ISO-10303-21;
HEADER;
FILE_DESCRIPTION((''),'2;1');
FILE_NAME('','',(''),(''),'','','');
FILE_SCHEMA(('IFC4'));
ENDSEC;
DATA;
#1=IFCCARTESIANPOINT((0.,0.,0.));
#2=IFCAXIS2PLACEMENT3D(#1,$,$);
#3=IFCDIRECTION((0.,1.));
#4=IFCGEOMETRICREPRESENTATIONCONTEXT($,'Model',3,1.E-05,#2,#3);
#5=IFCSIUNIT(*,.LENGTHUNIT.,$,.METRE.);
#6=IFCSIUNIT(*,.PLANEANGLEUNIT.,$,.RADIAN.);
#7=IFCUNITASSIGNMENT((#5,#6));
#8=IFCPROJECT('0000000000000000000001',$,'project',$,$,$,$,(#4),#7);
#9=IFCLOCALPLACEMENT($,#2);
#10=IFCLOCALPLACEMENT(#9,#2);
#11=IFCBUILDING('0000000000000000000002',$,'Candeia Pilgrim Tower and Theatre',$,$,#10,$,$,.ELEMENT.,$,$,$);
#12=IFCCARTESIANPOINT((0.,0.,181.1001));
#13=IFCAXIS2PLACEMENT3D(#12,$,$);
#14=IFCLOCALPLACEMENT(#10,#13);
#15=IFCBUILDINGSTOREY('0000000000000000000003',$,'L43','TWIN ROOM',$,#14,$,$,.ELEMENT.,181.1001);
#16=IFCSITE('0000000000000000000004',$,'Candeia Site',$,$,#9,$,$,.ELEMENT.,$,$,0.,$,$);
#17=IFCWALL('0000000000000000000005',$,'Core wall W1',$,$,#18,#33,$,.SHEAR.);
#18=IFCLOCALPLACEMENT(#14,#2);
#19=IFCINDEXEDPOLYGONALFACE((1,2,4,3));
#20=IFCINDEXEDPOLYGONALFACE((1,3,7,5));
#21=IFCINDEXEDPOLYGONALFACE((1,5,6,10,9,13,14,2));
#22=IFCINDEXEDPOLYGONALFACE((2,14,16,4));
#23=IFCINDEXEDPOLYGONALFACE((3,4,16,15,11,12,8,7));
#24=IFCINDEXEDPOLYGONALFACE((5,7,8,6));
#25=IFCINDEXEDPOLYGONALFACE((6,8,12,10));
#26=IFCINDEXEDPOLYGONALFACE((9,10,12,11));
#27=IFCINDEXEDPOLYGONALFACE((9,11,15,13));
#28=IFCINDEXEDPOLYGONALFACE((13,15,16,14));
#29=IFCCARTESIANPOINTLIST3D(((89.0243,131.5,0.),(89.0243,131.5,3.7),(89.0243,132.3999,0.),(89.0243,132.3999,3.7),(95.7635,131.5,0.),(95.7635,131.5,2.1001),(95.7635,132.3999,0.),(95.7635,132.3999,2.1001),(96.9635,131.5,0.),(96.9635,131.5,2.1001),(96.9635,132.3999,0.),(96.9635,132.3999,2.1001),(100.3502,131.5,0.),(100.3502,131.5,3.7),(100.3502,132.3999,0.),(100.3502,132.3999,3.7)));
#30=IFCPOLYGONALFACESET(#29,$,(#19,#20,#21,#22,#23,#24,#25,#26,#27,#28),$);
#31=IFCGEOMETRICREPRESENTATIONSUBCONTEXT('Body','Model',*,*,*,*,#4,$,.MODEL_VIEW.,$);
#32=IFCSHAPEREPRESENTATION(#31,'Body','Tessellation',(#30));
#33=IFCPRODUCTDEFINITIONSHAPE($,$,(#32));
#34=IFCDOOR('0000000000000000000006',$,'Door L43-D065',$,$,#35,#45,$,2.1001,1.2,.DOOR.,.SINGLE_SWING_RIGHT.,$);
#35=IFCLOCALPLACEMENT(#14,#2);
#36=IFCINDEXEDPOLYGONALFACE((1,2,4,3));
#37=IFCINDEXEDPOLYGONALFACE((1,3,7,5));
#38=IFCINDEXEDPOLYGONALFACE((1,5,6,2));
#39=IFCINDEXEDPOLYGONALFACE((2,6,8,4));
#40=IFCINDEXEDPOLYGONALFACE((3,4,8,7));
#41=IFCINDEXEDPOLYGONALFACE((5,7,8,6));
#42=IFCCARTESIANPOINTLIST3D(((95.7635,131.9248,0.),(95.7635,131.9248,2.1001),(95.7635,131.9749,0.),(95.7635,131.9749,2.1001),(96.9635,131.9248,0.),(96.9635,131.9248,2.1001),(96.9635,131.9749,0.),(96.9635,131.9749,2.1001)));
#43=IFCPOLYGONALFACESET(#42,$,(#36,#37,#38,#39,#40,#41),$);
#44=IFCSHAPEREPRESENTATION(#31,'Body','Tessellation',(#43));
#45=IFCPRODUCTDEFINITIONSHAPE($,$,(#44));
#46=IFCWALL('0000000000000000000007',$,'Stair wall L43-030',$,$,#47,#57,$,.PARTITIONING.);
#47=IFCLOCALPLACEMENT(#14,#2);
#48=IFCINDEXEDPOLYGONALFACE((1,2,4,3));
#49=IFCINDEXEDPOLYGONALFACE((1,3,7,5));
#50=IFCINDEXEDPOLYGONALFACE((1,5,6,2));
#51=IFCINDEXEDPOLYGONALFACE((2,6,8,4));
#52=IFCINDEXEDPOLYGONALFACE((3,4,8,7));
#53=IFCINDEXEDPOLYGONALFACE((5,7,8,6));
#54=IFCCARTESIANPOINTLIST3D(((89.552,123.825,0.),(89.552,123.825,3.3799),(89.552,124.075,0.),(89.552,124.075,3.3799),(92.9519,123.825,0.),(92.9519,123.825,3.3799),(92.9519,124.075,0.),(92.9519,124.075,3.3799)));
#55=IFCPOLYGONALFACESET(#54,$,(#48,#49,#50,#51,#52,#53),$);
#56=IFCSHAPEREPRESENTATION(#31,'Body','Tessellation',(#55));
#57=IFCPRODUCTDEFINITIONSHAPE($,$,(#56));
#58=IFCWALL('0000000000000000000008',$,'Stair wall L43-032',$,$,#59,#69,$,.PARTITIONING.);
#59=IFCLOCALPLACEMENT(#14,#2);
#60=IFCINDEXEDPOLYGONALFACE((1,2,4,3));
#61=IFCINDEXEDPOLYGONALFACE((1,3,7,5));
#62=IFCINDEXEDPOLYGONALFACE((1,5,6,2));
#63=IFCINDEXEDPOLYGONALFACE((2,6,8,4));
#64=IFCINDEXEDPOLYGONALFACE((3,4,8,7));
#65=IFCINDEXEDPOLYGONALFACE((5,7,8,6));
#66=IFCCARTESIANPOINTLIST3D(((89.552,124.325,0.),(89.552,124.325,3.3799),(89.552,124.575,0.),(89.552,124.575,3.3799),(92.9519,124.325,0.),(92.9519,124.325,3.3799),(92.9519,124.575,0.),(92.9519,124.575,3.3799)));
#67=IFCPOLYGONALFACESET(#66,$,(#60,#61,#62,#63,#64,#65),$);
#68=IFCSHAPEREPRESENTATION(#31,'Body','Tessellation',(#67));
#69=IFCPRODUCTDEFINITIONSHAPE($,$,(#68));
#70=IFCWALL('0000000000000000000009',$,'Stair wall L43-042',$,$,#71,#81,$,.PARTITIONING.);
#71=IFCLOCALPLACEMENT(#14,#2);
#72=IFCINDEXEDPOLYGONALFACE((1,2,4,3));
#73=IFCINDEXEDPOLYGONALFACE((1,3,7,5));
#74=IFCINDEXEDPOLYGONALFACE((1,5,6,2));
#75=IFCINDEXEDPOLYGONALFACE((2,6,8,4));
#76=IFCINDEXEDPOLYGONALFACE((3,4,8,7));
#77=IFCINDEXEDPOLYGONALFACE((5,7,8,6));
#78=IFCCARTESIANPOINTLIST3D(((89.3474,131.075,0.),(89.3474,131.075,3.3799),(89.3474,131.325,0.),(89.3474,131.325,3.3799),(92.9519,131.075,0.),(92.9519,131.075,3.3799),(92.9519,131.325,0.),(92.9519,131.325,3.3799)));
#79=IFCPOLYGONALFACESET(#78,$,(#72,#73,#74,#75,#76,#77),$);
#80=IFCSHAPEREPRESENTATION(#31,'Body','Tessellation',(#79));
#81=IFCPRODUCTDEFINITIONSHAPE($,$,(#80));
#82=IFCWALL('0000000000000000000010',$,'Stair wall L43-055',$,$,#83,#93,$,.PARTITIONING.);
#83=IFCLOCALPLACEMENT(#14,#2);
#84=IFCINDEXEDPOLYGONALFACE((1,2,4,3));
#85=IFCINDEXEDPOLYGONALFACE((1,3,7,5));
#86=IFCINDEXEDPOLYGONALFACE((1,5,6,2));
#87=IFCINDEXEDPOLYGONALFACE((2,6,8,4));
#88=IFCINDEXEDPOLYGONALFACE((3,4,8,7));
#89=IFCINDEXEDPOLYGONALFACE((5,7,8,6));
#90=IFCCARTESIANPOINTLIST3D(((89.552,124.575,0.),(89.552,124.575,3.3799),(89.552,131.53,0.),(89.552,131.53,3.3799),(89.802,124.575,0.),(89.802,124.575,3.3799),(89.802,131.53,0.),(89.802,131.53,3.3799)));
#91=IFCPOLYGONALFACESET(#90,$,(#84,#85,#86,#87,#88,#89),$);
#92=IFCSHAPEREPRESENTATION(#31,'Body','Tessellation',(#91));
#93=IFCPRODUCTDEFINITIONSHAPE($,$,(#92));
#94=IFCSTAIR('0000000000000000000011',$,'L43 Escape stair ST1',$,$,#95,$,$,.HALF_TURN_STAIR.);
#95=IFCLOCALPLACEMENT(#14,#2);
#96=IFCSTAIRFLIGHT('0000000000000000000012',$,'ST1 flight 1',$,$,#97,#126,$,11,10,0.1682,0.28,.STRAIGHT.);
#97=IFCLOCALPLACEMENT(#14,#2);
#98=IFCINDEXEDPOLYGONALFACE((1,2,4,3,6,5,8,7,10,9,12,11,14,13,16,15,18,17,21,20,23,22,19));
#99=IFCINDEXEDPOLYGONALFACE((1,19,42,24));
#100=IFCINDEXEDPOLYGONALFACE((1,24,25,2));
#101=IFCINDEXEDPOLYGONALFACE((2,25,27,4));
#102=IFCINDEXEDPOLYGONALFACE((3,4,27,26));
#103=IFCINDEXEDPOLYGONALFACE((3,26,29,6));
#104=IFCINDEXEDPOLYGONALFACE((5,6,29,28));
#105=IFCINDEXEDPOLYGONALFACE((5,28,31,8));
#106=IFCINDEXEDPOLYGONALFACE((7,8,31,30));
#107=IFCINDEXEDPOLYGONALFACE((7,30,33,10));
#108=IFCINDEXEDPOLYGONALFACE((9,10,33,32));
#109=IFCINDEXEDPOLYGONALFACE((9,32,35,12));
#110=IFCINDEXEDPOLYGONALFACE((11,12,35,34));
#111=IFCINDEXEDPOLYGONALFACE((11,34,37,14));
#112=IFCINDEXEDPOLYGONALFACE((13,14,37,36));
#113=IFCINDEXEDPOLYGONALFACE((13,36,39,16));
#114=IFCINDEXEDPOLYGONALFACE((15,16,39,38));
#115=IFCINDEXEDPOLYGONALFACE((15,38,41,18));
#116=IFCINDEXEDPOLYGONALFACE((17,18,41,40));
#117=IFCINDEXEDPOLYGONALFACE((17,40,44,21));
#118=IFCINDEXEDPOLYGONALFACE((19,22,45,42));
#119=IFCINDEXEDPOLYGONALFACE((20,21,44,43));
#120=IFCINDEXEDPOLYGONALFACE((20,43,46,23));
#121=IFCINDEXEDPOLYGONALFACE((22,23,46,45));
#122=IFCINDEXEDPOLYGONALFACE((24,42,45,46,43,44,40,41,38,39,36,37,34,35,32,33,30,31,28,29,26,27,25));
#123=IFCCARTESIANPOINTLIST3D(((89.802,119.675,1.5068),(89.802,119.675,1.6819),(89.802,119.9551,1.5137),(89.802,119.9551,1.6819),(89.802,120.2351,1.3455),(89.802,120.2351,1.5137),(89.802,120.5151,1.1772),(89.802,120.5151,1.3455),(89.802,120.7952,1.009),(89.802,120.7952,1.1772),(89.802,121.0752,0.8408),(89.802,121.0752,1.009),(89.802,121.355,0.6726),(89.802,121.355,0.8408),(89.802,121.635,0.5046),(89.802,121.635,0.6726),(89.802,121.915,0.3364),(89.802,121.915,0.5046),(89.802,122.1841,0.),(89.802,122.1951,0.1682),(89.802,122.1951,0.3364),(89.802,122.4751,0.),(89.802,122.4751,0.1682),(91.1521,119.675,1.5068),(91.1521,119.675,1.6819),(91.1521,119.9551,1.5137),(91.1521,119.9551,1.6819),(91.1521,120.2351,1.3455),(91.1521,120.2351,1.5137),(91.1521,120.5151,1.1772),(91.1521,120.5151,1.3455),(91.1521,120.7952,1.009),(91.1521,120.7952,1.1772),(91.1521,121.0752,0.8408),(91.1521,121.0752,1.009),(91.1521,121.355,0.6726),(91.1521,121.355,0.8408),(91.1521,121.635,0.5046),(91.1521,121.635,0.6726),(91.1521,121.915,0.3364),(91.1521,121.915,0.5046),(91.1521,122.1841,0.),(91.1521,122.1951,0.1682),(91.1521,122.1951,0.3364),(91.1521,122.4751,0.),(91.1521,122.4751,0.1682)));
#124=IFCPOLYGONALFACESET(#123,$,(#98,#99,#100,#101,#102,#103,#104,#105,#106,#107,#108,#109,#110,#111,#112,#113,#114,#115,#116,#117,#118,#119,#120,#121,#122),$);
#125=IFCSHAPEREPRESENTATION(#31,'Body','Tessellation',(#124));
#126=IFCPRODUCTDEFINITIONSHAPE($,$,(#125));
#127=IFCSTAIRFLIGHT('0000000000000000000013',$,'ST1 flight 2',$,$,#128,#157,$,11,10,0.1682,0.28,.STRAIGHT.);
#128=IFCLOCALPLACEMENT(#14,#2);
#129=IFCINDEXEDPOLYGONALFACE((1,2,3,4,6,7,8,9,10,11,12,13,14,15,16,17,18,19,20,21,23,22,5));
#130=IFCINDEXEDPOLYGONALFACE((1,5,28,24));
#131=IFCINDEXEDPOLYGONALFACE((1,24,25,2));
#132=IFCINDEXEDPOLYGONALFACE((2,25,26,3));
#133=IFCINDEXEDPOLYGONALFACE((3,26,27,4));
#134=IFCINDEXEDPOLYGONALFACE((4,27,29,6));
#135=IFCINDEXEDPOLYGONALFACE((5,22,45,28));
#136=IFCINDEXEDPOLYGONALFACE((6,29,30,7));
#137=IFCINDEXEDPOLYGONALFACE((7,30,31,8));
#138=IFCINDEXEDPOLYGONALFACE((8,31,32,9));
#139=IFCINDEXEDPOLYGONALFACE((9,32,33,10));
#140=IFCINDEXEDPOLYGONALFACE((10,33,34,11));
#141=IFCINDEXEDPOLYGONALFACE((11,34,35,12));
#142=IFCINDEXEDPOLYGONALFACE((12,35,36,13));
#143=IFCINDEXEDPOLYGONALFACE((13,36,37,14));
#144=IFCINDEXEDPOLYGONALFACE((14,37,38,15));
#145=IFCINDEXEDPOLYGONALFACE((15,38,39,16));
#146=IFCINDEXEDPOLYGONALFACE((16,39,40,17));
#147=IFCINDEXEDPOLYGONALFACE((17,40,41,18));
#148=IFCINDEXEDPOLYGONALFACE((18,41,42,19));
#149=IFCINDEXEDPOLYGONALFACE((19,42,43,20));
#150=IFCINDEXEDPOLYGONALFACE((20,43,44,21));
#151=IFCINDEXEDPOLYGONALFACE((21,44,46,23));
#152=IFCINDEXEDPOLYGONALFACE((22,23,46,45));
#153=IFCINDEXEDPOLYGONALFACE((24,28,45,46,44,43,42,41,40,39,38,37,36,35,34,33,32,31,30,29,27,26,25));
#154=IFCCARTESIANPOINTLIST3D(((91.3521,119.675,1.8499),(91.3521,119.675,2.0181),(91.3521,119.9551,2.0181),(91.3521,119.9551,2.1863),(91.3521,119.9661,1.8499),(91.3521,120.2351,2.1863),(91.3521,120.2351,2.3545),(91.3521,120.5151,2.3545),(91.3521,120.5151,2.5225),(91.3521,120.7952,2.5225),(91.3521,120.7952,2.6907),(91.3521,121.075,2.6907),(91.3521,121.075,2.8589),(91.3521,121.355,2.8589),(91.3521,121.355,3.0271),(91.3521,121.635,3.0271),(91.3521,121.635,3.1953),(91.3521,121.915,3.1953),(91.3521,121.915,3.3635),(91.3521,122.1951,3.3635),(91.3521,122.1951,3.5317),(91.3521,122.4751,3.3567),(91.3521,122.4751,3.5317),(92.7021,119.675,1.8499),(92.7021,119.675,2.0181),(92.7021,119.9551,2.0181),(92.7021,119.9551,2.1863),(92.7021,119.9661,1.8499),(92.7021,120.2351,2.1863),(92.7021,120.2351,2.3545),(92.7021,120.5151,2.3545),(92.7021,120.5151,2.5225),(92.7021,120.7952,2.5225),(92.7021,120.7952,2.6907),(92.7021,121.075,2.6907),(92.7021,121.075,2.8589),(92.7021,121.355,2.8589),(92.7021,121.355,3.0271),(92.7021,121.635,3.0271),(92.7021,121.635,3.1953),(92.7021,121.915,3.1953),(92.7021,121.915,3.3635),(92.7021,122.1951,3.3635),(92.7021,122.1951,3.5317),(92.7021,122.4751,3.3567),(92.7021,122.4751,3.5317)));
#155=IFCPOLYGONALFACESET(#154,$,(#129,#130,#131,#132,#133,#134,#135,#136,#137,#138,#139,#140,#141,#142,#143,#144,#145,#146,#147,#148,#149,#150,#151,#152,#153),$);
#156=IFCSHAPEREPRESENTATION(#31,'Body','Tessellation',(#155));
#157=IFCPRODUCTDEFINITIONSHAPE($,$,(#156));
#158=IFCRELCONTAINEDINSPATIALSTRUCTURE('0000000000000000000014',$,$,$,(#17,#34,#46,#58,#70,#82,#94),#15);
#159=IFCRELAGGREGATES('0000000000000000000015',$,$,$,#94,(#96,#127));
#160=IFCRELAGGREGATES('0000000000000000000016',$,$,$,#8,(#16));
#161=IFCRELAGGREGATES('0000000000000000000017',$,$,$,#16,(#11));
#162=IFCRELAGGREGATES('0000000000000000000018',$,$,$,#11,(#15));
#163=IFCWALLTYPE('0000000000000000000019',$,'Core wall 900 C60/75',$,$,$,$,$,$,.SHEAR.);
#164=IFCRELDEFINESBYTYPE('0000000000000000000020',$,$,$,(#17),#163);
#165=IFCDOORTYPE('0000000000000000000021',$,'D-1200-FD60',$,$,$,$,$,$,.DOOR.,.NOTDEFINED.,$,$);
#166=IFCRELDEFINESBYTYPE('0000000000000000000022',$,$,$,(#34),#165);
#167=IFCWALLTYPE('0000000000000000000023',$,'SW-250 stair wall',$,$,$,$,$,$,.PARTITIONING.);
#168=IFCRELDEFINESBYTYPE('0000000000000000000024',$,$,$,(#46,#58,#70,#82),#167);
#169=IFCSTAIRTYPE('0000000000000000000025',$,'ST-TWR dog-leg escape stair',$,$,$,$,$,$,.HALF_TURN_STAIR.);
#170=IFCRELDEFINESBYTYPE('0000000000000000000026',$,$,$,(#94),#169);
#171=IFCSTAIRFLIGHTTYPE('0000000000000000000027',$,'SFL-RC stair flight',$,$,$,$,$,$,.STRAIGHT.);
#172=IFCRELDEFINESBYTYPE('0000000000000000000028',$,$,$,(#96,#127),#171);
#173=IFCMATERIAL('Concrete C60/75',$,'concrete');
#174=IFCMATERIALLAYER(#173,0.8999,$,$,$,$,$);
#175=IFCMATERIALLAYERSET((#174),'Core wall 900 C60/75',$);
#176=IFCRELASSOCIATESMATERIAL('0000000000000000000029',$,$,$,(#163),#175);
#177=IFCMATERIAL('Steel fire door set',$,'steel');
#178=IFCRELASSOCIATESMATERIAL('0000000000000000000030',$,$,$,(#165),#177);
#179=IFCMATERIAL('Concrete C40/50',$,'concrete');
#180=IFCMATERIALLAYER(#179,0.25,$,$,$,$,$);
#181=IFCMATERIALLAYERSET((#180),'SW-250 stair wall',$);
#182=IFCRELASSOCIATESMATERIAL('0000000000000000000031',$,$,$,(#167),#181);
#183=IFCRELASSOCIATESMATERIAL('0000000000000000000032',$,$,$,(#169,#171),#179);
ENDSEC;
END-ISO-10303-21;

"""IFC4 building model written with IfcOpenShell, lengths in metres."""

from ifc_helpers import new_model, si_unit, direction, frame, frame_2d, origin, place, context, subcontext, project, spatial, polyline, rectangle, outline, extrude, material, layer, layer_set, type_object, element, fill, aggregate, save


model = new_model("IFC4")

# Units and contexts
model_context = context("Model", 3, precision=1e-05, world=origin(), true_north=direction((0.0, 1.0)))
body_context = subcontext(model_context, "Body", "Model", "MODEL_VIEW")
ifc_project = project(units=[si_unit("LENGTHUNIT", "METRE"), si_unit("PLANEANGLEUNIT", "RADIAN")], contexts=[model_context])

# Site, building, storey
site_placement = place(None, origin())
site = spatial("IfcSite", under=ifc_project, at=site_placement, Name="Candeia Site", CompositionType="ELEMENT", RefElevation=0.0)
building_placement = place(site_placement, origin())
building = spatial("IfcBuilding", under=site, at=building_placement, Name="Candeia Pilgrim Tower and Theatre", CompositionType="ELEMENT")
storey_placement = place(building_placement, frame((0.0, 0.0, 181.1001)))
storey = spatial("IfcBuildingStorey", under=building, at=storey_placement, Name="L43", Description="TWIN ROOM", CompositionType="ELEMENT", Elevation=181.1001)

# Wall, opening, door
ifc_material_1 = material(Name="Concrete C60/75", Category="concrete")
ifc_layer_1 = layer(ifc_material_1, 0.8999)
ifc_layer_set_1 = layer_set([ifc_layer_1], Name="Core wall 900 C60/75")
wall_type_1 = type_object("IfcWallType", Name="Core wall 900 C60/75", PredefinedType="SHEAR", material=ifc_layer_set_1)
wall_1_placement = place(storey_placement, frame((89.0242, 131.95, 0.0), z_axis=(0.0, 0.0, 1.0), x_axis=(1.0, 0.0, 0.0)))
wall_1 = element("IfcWall", 1, at=wall_1_placement, inside=storey, type_object=wall_type_1, Name="Core wall W1", PredefinedType="SHEAR", context=body_context, shape_type="SweptSolid", body=[
    extrude(rectangle(XDim=11.3259, YDim=0.8999, at=frame_2d((5.6631, 0.0))), origin(), (0.0, 0.0, 1.0), 3.7),
])
opening_placement = place(wall_1_placement, frame((6.7393, 0.0, 0.0)))
opening = element("IfcOpeningElement", 2, at=opening_placement, cuts=wall_1, PredefinedType="OPENING", context=body_context, shape_type="SweptSolid", body=[
    extrude(rectangle(XDim=1.2, YDim=2.1001, at=frame_2d((0.6001, 1.05))), frame((0.0, 0.46, 0.0), z_axis=(0.0, -1.0, 0.0), x_axis=(1.0, 0.0, 0.0)), (0.0, 0.0, 1.0), 0.9199),
])
ifc_material_2 = material(Name="Steel fire door set", Category="steel")
door_type = type_object("IfcDoorType", Name="D-1200-FD60", OperationType="NOTDEFINED", PredefinedType="DOOR", material=ifc_material_2)
door_placement = place(opening_placement, origin())
door = element("IfcDoor", 3, at=door_placement, inside=storey, type_object=door_type, Name="Door L43-D065", OperationType="SINGLE_SWING_RIGHT", OverallHeight=2.1001, OverallWidth=1.2, PredefinedType="DOOR", context=body_context, shape_type="SweptSolid", body=[
    extrude(rectangle(XDim=1.2, YDim=2.1001, at=frame_2d((0.6001, 1.05))), frame((0.0, 0.0249, 0.0), z_axis=(0.0, -1.0, 0.0), x_axis=(1.0, 0.0, 0.0)), (0.0, 0.0, 1.0), 0.05),
])
fill(opening, door)

# Walls
ifc_material_3 = material(Name="Concrete C40/50", Category="concrete")
ifc_layer_2 = layer(ifc_material_3, 0.25)
ifc_layer_set_2 = layer_set([ifc_layer_2], Name="SW-250 stair wall")
wall_type_2 = type_object("IfcWallType", Name="SW-250 stair wall", PredefinedType="PARTITIONING", material=ifc_layer_set_2)
for number, where, z_axis, x_axis, name in (
    (4, (89.552, 123.95, 0.0), (0.0, 0.0, 1.0), (1.0, 0.0, 0.0), "Stair wall L43-030"),
    (5, (89.552, 124.45, 0.0), (0.0, 0.0, 1.0), (1.0, 0.0, 0.0), "Stair wall L43-032"),
):
    element("IfcWall", number, at=place(storey_placement, frame(where, z_axis=z_axis, x_axis=x_axis)), inside=storey, type_object=wall_type_2, Name=name, PredefinedType="PARTITIONING", context=body_context, shape_type="SweptSolid", body=[
        extrude(rectangle(XDim=3.3999, YDim=0.25, at=frame_2d((1.7, 0.0))), origin(), (0.0, 0.0, 1.0), 3.3799),
    ])
wall_2_placement = place(storey_placement, frame((89.3474, 131.2, 0.0), z_axis=(0.0, 0.0, 1.0), x_axis=(1.0, 0.0, 0.0)))
element("IfcWall", 6, at=wall_2_placement, inside=storey, type_object=wall_type_2, Name="Stair wall L43-042", PredefinedType="PARTITIONING", context=body_context, shape_type="SweptSolid", body=[
    extrude(rectangle(XDim=3.6045, YDim=0.25, at=frame_2d((1.8022, 0.0))), origin(), (0.0, 0.0, 1.0), 3.3799),
])
wall_3_placement = place(storey_placement, frame((89.677, 124.575, 0.0), z_axis=(0.0, 0.0, 1.0), x_axis=(0.0, 1.0, 0.0)))
element("IfcWall", 7, at=wall_3_placement, inside=storey, type_object=wall_type_2, Name="Stair wall L43-055", PredefinedType="PARTITIONING", context=body_context, shape_type="SweptSolid", body=[
    extrude(rectangle(XDim=6.9551, YDim=0.25, at=frame_2d((3.4775, 0.0))), origin(), (0.0, 0.0, 1.0), 3.3799),
])

# Stair, stair flights
stair_type = type_object("IfcStairType", Name="ST-TWR dog-leg escape stair", PredefinedType="HALF_TURN_STAIR", material=ifc_material_3)
stair_1_placement = place(storey_placement, origin())
stair_1 = element("IfcStair", 8, at=stair_1_placement, inside=storey, type_object=stair_type, Name="L43 Escape stair ST1", PredefinedType="HALF_TURN_STAIR")
stair_flight_type = type_object("IfcStairFlightType", Name="SFL-RC stair flight", PredefinedType="STRAIGHT", material=ifc_material_3)
stair_flight_1_placement = place(storey_placement, frame((90.4771, 122.4751, 0.0), z_axis=(0.0, 0.0, 1.0), x_axis=(0.0, -1.0, 0.0)))
stair_flight_1 = element("IfcStairFlight", 9, at=stair_flight_1_placement, type_object=stair_flight_type, Name="ST1 flight 1", NumberOfRisers=11, NumberOfTreads=10, PredefinedType="STRAIGHT", RiserHeight=0.1682, TreadLength=0.28, context=body_context, shape_type="SweptSolid", body=[
    extrude(outline(polyline([(0.0, 0.0), (0.0, 0.1682), (0.28, 0.1682), (0.28, 0.3364), (0.5601, 0.3364), (0.5601, 0.5046), (0.8401, 0.5046), (0.8401, 0.6726), (1.1201, 0.6726), (1.1201, 0.8408), (1.3999, 0.8408), (1.3999, 1.009), (1.6799, 1.009), (1.6799, 1.1772), (1.96, 1.1772), (1.96, 1.3455), (2.24, 1.3455), (2.24, 1.5137), (2.52, 1.5137), (2.52, 1.6819), (2.8, 1.6819), (2.8, 1.8501), (2.8, 1.5068), (0.291, 0.0), (0.0, 0.0)])), frame((0.0, 0.675, 0.0), z_axis=(0.0, -1.0, 0.0), x_axis=(1.0, 0.0, 0.0)), (0.0, 0.0, 1.0), 1.3501),
])
stair_flight_2_placement = place(storey_placement, frame((92.0271, 119.675, 1.8499), z_axis=(0.0, 0.0, 1.0), x_axis=(0.0, 1.0, 0.0)))
stair_flight_2 = element("IfcStairFlight", 10, at=stair_flight_2_placement, type_object=stair_flight_type, Name="ST1 flight 2", NumberOfRisers=11, NumberOfTreads=10, PredefinedType="STRAIGHT", RiserHeight=0.1682, TreadLength=0.28, context=body_context, shape_type="SweptSolid", body=[
    extrude(outline(polyline([(0.0, 0.0), (0.0, 0.1682), (0.28, 0.1682), (0.28, 0.3364), (0.5601, 0.3364), (0.5601, 0.5046), (0.8401, 0.5046), (0.8401, 0.6726), (1.1201, 0.6726), (1.1201, 0.8408), (1.3999, 0.8408), (1.3999, 1.009), (1.6799, 1.009), (1.6799, 1.1772), (1.96, 1.1772), (1.96, 1.3455), (2.24, 1.3455), (2.24, 1.5137), (2.52, 1.5137), (2.52, 1.6819), (2.8, 1.6819), (2.8, 1.8501), (2.8, 1.5068), (0.291, 0.0), (0.0, 0.0)])), frame((0.0, 0.675, 0.0), z_axis=(0.0, -1.0, 0.0), x_axis=(1.0, 0.0, 0.0)), (0.0, 0.0, 1.0), 1.3501),
])
aggregate(stair_1, [stair_flight_1, stair_flight_2])

save(model, "model.ifc")
